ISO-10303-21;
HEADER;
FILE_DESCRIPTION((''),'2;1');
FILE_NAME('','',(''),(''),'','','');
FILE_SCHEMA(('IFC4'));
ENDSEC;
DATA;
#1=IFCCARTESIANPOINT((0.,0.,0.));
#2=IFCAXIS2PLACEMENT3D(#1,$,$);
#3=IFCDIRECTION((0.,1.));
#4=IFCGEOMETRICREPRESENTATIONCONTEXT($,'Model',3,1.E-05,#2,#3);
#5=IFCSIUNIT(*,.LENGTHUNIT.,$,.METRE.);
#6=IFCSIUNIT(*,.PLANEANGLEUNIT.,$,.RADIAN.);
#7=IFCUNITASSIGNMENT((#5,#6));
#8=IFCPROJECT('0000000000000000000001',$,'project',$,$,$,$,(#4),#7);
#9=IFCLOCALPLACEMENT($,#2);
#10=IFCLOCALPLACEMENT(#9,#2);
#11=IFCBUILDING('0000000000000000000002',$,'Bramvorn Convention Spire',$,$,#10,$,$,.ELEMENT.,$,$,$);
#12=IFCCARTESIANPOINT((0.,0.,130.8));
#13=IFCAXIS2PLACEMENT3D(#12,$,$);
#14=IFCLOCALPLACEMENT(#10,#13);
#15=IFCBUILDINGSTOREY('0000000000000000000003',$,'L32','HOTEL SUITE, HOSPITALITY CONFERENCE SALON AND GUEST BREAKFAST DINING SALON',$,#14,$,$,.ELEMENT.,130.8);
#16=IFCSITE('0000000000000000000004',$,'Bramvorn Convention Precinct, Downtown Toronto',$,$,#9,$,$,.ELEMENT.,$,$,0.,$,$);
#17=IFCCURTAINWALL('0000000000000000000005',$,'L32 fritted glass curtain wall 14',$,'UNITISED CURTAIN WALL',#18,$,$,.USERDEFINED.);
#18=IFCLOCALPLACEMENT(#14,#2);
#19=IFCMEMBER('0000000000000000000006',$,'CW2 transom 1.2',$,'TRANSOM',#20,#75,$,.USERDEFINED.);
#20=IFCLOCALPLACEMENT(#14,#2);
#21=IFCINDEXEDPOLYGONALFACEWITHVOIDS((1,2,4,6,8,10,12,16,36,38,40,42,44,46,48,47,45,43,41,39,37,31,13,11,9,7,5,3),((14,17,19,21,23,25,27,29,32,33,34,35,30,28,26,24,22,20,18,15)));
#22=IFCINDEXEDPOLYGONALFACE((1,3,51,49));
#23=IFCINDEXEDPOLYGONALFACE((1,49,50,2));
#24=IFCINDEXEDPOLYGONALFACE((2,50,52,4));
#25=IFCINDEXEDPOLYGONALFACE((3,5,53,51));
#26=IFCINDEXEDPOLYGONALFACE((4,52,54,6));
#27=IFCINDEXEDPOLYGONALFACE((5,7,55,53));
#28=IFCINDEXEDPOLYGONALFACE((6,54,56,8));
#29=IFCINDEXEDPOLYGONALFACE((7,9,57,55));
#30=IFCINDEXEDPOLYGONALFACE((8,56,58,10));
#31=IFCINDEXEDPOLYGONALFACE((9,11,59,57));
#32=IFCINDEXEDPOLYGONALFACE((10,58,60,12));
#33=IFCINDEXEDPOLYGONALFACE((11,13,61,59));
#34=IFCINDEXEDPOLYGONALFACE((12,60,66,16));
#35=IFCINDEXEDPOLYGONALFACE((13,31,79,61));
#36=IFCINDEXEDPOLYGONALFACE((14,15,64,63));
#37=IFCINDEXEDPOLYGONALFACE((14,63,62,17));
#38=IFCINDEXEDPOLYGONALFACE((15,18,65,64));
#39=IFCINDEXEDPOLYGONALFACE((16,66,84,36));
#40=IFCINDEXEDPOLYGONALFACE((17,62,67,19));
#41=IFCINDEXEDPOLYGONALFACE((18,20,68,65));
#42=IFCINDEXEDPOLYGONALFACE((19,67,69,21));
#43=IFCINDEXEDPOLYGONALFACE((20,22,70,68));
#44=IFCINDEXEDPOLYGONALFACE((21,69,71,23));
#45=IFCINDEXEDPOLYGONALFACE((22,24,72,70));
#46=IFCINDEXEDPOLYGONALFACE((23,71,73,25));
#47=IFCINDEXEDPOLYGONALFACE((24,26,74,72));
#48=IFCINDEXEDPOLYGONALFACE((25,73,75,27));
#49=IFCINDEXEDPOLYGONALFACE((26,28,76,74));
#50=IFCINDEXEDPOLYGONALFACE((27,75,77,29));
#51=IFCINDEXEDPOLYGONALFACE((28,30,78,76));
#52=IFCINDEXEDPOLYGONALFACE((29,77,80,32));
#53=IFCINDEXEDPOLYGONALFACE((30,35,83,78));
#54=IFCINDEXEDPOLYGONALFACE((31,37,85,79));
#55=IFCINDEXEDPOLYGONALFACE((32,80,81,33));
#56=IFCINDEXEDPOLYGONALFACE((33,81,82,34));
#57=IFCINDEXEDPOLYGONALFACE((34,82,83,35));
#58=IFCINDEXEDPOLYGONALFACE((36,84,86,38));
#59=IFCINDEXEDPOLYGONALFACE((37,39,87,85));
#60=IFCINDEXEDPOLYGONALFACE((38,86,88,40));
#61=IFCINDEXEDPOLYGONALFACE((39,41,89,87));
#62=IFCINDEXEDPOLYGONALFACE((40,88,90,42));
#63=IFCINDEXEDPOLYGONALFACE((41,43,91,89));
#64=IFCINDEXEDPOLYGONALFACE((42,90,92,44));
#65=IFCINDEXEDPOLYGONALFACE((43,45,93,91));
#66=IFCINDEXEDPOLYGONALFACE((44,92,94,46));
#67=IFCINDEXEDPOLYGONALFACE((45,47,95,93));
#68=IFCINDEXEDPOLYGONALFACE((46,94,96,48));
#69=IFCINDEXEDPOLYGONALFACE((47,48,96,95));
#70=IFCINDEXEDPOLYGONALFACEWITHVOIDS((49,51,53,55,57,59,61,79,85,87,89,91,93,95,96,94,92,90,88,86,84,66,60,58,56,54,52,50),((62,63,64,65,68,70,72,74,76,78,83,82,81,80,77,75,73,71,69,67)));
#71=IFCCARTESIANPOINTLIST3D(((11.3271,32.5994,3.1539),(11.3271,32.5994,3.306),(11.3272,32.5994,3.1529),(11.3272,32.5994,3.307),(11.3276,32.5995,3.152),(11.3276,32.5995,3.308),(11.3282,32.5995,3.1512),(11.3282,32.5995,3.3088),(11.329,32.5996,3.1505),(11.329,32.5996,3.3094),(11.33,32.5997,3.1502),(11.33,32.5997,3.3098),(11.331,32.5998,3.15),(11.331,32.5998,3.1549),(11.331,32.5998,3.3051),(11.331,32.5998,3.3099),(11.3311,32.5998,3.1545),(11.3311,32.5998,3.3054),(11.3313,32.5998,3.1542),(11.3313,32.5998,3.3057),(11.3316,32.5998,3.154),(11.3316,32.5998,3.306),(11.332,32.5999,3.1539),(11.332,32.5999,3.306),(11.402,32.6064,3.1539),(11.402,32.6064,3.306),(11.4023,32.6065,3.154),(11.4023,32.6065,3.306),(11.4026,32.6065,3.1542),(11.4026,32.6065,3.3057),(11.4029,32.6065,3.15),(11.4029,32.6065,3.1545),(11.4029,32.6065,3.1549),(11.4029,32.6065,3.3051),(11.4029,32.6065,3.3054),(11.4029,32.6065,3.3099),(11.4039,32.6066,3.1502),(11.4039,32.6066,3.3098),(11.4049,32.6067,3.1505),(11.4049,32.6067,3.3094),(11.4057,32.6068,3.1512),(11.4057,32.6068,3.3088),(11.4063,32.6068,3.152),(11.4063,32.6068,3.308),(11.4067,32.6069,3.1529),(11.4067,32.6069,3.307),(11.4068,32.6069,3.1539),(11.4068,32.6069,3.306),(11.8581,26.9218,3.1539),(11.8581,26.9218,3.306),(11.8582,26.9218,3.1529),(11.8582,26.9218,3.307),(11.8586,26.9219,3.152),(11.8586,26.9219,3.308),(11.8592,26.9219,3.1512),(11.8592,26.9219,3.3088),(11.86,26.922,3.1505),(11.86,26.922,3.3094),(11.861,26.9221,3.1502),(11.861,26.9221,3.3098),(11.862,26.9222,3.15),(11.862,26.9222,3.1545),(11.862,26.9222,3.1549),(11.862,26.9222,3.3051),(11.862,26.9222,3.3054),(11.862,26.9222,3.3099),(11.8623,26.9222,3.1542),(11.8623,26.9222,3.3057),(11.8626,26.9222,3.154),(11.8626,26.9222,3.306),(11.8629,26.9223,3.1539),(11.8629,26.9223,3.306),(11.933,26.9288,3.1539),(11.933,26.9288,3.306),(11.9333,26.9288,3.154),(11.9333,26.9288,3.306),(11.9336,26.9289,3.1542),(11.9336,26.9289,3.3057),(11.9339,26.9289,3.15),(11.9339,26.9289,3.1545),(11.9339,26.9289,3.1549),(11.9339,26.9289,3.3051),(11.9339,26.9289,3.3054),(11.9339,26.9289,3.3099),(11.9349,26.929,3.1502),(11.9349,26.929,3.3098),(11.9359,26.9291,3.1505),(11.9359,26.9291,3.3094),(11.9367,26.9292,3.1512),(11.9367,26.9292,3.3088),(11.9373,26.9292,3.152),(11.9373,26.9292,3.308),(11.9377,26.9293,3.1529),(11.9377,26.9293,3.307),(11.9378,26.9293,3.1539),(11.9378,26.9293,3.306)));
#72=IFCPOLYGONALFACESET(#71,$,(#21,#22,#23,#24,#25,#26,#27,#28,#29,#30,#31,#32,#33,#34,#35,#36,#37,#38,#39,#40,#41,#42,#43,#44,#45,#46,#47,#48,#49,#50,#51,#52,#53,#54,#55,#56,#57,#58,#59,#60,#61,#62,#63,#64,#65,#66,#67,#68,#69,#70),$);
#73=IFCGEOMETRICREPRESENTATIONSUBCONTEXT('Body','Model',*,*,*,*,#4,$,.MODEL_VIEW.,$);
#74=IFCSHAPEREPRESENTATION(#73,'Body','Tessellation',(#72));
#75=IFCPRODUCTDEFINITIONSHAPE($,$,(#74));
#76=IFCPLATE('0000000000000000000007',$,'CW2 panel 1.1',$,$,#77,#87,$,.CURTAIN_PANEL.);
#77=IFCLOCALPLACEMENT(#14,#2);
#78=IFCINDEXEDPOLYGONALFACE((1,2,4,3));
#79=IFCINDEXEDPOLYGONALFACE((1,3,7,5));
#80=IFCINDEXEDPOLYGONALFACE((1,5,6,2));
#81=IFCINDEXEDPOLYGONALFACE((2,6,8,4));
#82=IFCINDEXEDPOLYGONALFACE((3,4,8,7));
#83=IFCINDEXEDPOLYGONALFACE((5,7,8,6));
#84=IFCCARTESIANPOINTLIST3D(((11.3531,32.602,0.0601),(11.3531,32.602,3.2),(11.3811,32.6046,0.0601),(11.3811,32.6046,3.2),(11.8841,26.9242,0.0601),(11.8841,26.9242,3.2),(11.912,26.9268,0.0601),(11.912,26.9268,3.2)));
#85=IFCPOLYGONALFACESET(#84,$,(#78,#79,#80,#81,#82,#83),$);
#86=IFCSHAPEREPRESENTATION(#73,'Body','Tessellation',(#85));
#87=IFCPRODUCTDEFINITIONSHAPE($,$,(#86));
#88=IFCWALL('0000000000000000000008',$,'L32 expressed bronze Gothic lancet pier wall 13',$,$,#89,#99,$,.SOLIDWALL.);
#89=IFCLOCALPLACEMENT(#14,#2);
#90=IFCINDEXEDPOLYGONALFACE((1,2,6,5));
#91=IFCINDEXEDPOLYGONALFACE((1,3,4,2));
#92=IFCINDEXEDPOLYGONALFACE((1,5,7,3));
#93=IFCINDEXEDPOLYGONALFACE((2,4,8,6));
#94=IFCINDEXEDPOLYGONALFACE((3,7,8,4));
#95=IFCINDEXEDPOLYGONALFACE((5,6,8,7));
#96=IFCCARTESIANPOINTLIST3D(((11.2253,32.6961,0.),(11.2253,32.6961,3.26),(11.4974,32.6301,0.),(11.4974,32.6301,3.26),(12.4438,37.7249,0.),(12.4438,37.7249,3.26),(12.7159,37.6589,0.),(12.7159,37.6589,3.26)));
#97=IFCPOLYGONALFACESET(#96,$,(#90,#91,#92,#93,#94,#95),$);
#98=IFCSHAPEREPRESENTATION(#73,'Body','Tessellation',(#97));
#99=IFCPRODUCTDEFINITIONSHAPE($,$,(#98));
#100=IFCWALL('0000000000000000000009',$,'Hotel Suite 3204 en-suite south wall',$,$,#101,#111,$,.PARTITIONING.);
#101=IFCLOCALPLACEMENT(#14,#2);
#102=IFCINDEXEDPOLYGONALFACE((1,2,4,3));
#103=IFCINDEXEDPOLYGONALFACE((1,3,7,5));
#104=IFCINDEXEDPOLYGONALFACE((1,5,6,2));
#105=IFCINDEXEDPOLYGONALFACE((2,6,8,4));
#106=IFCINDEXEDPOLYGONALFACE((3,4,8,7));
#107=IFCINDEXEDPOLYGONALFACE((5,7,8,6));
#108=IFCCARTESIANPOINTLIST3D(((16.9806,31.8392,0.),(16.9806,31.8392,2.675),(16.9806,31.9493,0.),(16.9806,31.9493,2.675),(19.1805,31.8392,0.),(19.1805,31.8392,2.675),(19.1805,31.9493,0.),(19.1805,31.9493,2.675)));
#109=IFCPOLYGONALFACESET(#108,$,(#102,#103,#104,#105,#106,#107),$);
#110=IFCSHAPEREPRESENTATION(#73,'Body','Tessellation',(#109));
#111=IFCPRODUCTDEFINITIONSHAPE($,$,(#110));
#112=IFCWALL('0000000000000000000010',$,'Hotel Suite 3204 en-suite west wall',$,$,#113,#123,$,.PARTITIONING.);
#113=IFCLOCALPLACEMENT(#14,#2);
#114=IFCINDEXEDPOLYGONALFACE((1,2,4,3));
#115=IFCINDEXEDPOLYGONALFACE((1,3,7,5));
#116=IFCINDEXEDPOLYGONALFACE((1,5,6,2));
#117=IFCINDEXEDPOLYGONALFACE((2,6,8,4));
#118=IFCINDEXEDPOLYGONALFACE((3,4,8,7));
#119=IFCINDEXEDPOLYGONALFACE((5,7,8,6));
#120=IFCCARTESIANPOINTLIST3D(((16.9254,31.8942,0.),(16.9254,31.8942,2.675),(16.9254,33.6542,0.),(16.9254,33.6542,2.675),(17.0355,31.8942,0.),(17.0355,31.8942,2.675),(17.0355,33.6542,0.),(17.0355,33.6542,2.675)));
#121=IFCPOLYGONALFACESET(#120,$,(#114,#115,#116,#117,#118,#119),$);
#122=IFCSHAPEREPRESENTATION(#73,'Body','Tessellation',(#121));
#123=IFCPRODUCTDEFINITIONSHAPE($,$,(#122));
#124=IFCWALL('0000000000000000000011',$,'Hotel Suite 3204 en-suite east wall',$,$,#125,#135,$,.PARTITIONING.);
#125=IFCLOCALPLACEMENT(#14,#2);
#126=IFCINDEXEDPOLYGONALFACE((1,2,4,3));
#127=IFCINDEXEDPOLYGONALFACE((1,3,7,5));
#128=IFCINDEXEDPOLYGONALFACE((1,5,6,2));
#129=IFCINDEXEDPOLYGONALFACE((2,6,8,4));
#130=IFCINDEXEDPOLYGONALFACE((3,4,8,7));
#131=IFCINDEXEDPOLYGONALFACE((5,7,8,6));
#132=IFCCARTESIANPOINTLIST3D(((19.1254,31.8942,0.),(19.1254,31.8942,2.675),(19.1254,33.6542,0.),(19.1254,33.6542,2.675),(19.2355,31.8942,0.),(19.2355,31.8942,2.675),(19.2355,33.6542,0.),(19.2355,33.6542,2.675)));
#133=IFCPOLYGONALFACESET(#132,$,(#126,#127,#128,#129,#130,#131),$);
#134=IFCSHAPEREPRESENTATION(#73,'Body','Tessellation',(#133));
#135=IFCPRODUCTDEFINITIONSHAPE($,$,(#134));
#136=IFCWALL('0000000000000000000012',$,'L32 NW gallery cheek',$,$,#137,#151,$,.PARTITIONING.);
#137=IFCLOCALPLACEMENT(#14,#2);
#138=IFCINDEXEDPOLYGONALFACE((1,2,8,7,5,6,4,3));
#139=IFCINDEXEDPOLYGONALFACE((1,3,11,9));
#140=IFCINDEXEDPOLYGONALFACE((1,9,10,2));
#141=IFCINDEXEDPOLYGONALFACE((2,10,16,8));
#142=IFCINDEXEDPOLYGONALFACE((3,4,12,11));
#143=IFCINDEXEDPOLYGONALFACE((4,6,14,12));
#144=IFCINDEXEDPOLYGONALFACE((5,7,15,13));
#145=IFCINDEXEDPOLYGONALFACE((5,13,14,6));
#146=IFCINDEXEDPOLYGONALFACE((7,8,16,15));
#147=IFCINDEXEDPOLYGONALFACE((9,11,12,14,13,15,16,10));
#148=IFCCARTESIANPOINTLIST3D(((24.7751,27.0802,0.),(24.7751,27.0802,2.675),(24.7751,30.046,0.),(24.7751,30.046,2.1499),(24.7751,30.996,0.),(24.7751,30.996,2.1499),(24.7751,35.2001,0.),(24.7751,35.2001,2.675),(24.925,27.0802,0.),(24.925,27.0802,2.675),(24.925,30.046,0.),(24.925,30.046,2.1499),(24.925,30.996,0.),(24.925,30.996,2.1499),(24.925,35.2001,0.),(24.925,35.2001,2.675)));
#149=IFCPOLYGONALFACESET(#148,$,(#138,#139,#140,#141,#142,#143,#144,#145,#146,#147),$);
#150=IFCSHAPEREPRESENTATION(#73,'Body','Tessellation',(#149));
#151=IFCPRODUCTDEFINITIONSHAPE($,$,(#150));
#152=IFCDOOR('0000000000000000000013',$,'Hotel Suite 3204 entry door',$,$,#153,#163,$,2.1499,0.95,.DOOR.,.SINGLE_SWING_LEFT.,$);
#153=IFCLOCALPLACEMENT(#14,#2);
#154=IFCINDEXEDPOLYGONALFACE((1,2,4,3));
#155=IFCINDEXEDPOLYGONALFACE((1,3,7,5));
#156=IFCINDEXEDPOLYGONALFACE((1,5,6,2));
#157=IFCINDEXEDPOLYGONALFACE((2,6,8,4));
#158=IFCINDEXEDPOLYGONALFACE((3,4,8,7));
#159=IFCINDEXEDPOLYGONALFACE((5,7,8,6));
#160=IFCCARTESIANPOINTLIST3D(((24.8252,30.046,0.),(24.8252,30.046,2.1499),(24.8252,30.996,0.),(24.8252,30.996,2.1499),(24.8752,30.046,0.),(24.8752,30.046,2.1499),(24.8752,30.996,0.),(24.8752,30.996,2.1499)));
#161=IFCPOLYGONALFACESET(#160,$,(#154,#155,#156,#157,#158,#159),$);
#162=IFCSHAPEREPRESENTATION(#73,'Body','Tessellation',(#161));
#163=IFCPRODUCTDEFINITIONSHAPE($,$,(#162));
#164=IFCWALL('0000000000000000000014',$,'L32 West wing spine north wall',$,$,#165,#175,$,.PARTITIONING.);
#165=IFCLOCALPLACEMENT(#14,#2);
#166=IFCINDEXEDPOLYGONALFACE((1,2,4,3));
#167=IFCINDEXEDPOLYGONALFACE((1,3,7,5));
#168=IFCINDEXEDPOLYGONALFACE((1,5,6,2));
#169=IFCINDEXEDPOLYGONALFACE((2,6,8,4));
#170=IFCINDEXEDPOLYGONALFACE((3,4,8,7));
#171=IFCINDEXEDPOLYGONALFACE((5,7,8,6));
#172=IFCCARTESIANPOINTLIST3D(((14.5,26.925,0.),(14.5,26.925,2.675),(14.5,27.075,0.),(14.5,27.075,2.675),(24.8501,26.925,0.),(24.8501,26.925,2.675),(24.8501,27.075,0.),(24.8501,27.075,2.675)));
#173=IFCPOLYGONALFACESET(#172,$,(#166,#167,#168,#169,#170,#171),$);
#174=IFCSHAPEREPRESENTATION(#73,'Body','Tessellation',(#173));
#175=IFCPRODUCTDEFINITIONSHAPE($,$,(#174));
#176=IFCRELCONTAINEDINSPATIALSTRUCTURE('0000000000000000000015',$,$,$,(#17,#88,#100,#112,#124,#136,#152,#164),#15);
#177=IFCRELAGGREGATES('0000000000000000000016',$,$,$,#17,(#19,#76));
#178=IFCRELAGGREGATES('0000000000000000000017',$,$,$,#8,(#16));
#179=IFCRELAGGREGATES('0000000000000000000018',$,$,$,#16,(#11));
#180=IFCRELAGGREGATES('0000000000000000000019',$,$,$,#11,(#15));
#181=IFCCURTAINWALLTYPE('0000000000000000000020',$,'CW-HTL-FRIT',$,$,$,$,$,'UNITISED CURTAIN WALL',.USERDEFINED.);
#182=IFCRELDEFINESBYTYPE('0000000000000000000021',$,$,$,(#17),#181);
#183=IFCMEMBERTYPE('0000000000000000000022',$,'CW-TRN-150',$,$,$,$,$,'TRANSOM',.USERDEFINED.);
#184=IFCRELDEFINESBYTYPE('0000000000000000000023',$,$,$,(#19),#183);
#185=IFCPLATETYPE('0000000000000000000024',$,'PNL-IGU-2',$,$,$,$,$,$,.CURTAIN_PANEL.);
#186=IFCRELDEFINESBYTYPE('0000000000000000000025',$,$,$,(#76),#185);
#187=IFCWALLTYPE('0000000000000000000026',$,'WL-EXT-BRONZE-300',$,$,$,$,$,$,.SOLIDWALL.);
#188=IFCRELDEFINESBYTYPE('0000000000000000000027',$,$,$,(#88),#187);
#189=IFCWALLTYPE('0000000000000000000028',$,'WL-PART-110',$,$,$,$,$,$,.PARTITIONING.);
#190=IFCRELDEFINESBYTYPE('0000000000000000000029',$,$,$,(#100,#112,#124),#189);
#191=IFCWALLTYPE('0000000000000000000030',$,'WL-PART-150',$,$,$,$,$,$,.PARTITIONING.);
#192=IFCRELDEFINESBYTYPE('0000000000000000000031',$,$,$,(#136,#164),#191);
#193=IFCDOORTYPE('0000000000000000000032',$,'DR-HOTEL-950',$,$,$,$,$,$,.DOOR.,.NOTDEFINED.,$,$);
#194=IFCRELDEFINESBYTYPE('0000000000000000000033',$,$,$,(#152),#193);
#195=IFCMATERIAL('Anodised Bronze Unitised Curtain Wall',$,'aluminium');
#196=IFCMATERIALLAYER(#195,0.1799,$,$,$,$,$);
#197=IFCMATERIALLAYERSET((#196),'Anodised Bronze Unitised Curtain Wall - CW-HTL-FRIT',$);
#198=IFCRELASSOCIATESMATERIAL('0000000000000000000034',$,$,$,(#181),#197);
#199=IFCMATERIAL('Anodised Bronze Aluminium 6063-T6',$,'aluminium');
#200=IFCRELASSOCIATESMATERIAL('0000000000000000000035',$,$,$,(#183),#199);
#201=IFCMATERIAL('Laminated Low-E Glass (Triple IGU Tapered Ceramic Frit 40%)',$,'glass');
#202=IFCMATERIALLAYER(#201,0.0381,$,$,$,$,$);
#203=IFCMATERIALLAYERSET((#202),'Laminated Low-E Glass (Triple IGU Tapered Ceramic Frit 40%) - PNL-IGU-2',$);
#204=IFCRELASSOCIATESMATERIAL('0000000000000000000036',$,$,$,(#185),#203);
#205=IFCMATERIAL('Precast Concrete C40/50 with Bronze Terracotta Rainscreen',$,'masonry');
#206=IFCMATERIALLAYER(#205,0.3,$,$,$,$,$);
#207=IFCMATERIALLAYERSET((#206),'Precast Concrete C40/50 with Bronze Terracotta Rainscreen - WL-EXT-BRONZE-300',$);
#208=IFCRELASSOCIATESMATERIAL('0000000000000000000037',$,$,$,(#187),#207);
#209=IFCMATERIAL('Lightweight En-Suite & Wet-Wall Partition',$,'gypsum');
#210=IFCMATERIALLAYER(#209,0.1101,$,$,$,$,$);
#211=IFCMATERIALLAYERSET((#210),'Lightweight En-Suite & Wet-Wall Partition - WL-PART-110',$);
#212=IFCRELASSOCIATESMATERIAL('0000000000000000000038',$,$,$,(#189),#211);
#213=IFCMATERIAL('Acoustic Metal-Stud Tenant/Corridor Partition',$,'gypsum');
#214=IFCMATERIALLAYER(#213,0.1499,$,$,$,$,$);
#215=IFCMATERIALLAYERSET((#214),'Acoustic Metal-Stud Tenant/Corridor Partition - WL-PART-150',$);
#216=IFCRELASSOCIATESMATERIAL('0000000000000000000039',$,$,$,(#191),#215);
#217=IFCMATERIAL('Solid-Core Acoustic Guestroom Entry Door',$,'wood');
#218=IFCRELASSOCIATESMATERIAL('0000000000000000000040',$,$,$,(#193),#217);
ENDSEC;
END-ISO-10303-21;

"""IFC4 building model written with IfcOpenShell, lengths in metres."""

from ifc_helpers import new_model, si_unit, direction, frame, frame_2d, origin, origin_2d, place, context, subcontext, project, spatial, rectangle, hollow_rectangle, extrude, material, layer, layer_set, material_profile, profile_set, type_object, element, fill, aggregate, save


model = new_model("IFC4")

# Units and contexts
model_context = context("Model", 3, precision=1e-05, world=origin(), true_north=direction((0.0, 1.0)))
body_context = subcontext(model_context, "Body", "Model", "MODEL_VIEW")
ifc_project = project(units=[si_unit("LENGTHUNIT", "METRE"), si_unit("PLANEANGLEUNIT", "RADIAN")], contexts=[model_context])

# Site, building, storey
site_placement = place(None, origin())
site = spatial("IfcSite", under=ifc_project, at=site_placement, Name="Bramvorn Convention Precinct, Downtown Toronto", CompositionType="ELEMENT", RefElevation=0.0)
building_placement = place(site_placement, origin())
building = spatial("IfcBuilding", under=site, at=building_placement, Name="Bramvorn Convention Spire", CompositionType="ELEMENT")
storey_placement = place(building_placement, frame((0.0, 0.0, 130.8)))
storey = spatial("IfcBuildingStorey", under=building, at=storey_placement, Name="L32", Description="HOTEL SUITE, HOSPITALITY CONFERENCE SALON AND GUEST BREAKFAST DINING SALON", CompositionType="ELEMENT", Elevation=130.8)

# Curtain wall
ifc_material_1 = material(Name="Anodised Bronze Unitised Curtain Wall", Category="aluminium")
ifc_layer_1 = layer(ifc_material_1, 0.1799)
ifc_layer_set_1 = layer_set([ifc_layer_1], Name="Anodised Bronze Unitised Curtain Wall - CW-HTL-FRIT")
curtain_wall_type = type_object("IfcCurtainWallType", Name="CW-HTL-FRIT", ElementType="UNITISED CURTAIN WALL", PredefinedType="USERDEFINED", material=ifc_layer_set_1)
curtain_wall_1_placement = place(storey_placement, origin())
curtain_wall_1 = element("IfcCurtainWall", 1, at=curtain_wall_1_placement, inside=storey, type_object=curtain_wall_type, Name="L32 fritted glass curtain wall 14", ObjectType="UNITISED CURTAIN WALL", PredefinedType="USERDEFINED")
ifc_material_2 = material(Name="Anodised Bronze Aluminium 6063-T6", Category="aluminium")

# Member
ifc_material_profile_1 = material_profile(ifc_material_2, hollow_rectangle(XDim=0.0801, YDim=0.1599, WallThickness=0.0039, InnerFilletRadius=0.001, OuterFilletRadius=0.0039, at=origin_2d()))
ifc_profile_set_1 = profile_set([ifc_material_profile_1], Name="Anodised Bronze Aluminium 6063-T6 - CWT80X160")
member_type_1 = type_object("IfcMemberType", Name="CW-TRN-150", ElementType="TRANSOM", PredefinedType="USERDEFINED", material=ifc_profile_set_1)
member_1_placement = place(storey_placement, frame((11.8979, 26.9255, 3.23), z_axis=(-0.093118, 0.995655, 0.0), x_axis=(-0.995655, -0.093118, 0.0)))
member_1 = element("IfcMember", 2, at=member_1_placement, type_object=member_type_1, Name="CW2 transom 1.2", ObjectType="TRANSOM", PredefinedType="USERDEFINED", context=body_context, shape_type="SweptSolid", body=[
    extrude(hollow_rectangle(XDim=0.0801, YDim=0.1599, WallThickness=0.0039, InnerFilletRadius=0.001, OuterFilletRadius=0.0039, at=origin_2d()), origin(), (0.0, 0.0, 1.0), 5.7024),
])

# Plate
ifc_material_3 = material(Name="Laminated Low-E Glass (Triple IGU Tapered Ceramic Frit 40%)", Category="glass")
ifc_layer_2 = layer(ifc_material_3, 0.0381)
ifc_layer_set_2 = layer_set([ifc_layer_2], Name="Laminated Low-E Glass (Triple IGU Tapered Ceramic Frit 40%) - PNL-IGU-2")
plate_type = type_object("IfcPlateType", Name="PNL-IGU-2", PredefinedType="CURTAIN_PANEL", material=ifc_layer_set_2)
plate_placement = place(storey_placement, frame((11.6326, 29.7644, 0.0601), z_axis=(0.0, 0.0, 1.0), x_axis=(-0.093101, 0.995657, 0.0)))
plate = element("IfcPlate", 3, at=plate_placement, type_object=plate_type, Name="CW2 panel 1.1", PredefinedType="CURTAIN_PANEL", context=body_context, shape_type="SweptSolid", body=[
    extrude(rectangle(XDim=5.7026, YDim=0.0281, at=origin_2d()), origin(), (0.0, 0.0, 1.0), 3.1399),
])
aggregate(curtain_wall_1, [member_1, plate])

# Walls
ifc_material_4 = material(Name="Precast Concrete C40/50 with Bronze Terracotta Rainscreen", Category="masonry")
ifc_layer_3 = layer(ifc_material_4, 0.3)
ifc_layer_set_3 = layer_set([ifc_layer_3], Name="Precast Concrete C40/50 with Bronze Terracotta Rainscreen - WL-EXT-BRONZE-300")
wall_type_1 = type_object("IfcWallType", Name="WL-EXT-BRONZE-300", PredefinedType="SOLIDWALL", material=ifc_layer_set_3)
wall_1_placement = place(storey_placement, frame((11.3613, 32.6631, 0.0), z_axis=(0.0, 0.0, 1.0), x_axis=(0.235491, 0.971877, 0.0)))
element("IfcWall", 4, at=wall_1_placement, inside=storey, type_object=wall_type_1, Name="L32 expressed bronze Gothic lancet pier wall 13", PredefinedType="SOLIDWALL", context=body_context, shape_type="SweptSolid", body=[
    extrude(rectangle(XDim=5.1743, YDim=0.28, at=frame_2d((2.5872, 0.0))), origin(), (0.0, 0.0, 1.0), 3.26),
])
ifc_material_5 = material(Name="Lightweight En-Suite & Wet-Wall Partition", Category="gypsum")
ifc_layer_4 = layer(ifc_material_5, 0.1101)
ifc_layer_set_4 = layer_set([ifc_layer_4], Name="Lightweight En-Suite & Wet-Wall Partition - WL-PART-110")
wall_type_2 = type_object("IfcWallType", Name="WL-PART-110", PredefinedType="PARTITIONING", material=ifc_layer_set_4)
wall_2_placement = place(storey_placement, frame((16.9805, 31.8943, 0.0), z_axis=(0.0, 0.0, 1.0), x_axis=(1.0, 0.0, 0.0)))
element("IfcWall", 5, at=wall_2_placement, inside=storey, type_object=wall_type_2, Name="Hotel Suite 3204 en-suite south wall", PredefinedType="PARTITIONING", context=body_context, shape_type="SweptSolid", body=[
    extrude(rectangle(XDim=2.2, YDim=0.1101, at=frame_2d((1.1001, 0.0))), origin(), (0.0, 0.0, 1.0), 2.675),
])
for number, where, z_axis, x_axis, name in (
    (6, (16.9805, 31.8943, 0.0), (0.0, 0.0, 1.0), (0.0, 1.0, 0.0), "Hotel Suite 3204 en-suite west wall"),
    (7, (19.1804, 31.8943, 0.0), (0.0, 0.0, 1.0), (0.0, 1.0, 0.0), "Hotel Suite 3204 en-suite east wall"),
):
    element("IfcWall", number, at=place(storey_placement, frame(where, z_axis=z_axis, x_axis=x_axis)), inside=storey, type_object=wall_type_2, Name=name, PredefinedType="PARTITIONING", context=body_context, shape_type="SweptSolid", body=[
        extrude(rectangle(XDim=1.76, YDim=0.1101, at=frame_2d((0.8799, 0.0))), origin(), (0.0, 0.0, 1.0), 2.675),
    ])

# Wall, opening, door
ifc_material_6 = material(Name="Acoustic Metal-Stud Tenant/Corridor Partition", Category="gypsum")
ifc_layer_5 = layer(ifc_material_6, 0.1499)
ifc_layer_set_5 = layer_set([ifc_layer_5], Name="Acoustic Metal-Stud Tenant/Corridor Partition - WL-PART-150")
wall_type_3 = type_object("IfcWallType", Name="WL-PART-150", PredefinedType="PARTITIONING", material=ifc_layer_set_5)
wall_3_placement = place(storey_placement, frame((24.8501, 27.0801, 0.0), z_axis=(0.0, 0.0, 1.0), x_axis=(0.0, 1.0, 0.0)))
wall_3 = element("IfcWall", 8, at=wall_3_placement, inside=storey, type_object=wall_type_3, Name="L32 NW gallery cheek", PredefinedType="PARTITIONING", context=body_context, shape_type="SweptSolid", body=[
    extrude(rectangle(XDim=8.1199, YDim=0.1499, at=frame_2d((4.0601, 0.0))), origin(), (0.0, 0.0, 1.0), 2.675),
])
opening_1_placement = place(wall_3_placement, frame((2.9658, 0.0, 0.0)))
opening_1 = element("IfcOpeningElement", 9, at=opening_1_placement, cuts=wall_3, PredefinedType="OPENING", context=body_context, shape_type="SweptSolid", body=[
    extrude(rectangle(XDim=0.95, YDim=2.1499, at=frame_2d((0.4751, 1.075))), frame((0.0, 0.085, 0.0), z_axis=(0.0, -1.0, 0.0), x_axis=(1.0, 0.0, 0.0)), (0.0, 0.0, 1.0), 0.1699),
])
ifc_material_7 = material(Name="Solid-Core Acoustic Guestroom Entry Door", Category="wood")
door_type_1 = type_object("IfcDoorType", Name="DR-HOTEL-950", OperationType="NOTDEFINED", PredefinedType="DOOR", material=ifc_material_7)
door_1_placement = place(opening_1_placement, origin())
door_1 = element("IfcDoor", 10, at=door_1_placement, inside=storey, type_object=door_type_1, Name="Hotel Suite 3204 entry door", OperationType="SINGLE_SWING_LEFT", OverallHeight=2.1499, OverallWidth=0.95, PredefinedType="DOOR", context=body_context, shape_type="SweptSolid", body=[
    extrude(rectangle(XDim=0.95, YDim=2.1499, at=frame_2d((0.4751, 1.075))), frame((0.0, 0.0249, 0.0), z_axis=(0.0, -1.0, 0.0), x_axis=(1.0, 0.0, 0.0)), (0.0, 0.0, 1.0), 0.05),
])
fill(opening_1, door_1)

# Wall
wall_4_placement = place(storey_placement, frame((14.5, 27.0, 0.0), z_axis=(0.0, 0.0, 1.0), x_axis=(1.0, 0.0, 0.0)))
element("IfcWall", 11, at=wall_4_placement, inside=storey, type_object=wall_type_3, Name="L32 West wing spine north wall", PredefinedType="PARTITIONING", context=body_context, shape_type="SweptSolid", body=[
    extrude(rectangle(XDim=10.3501, YDim=0.1499, at=frame_2d((5.175, 0.0))), origin(), (0.0, 0.0, 1.0), 2.675),
])

save(model, "model.ifc")
